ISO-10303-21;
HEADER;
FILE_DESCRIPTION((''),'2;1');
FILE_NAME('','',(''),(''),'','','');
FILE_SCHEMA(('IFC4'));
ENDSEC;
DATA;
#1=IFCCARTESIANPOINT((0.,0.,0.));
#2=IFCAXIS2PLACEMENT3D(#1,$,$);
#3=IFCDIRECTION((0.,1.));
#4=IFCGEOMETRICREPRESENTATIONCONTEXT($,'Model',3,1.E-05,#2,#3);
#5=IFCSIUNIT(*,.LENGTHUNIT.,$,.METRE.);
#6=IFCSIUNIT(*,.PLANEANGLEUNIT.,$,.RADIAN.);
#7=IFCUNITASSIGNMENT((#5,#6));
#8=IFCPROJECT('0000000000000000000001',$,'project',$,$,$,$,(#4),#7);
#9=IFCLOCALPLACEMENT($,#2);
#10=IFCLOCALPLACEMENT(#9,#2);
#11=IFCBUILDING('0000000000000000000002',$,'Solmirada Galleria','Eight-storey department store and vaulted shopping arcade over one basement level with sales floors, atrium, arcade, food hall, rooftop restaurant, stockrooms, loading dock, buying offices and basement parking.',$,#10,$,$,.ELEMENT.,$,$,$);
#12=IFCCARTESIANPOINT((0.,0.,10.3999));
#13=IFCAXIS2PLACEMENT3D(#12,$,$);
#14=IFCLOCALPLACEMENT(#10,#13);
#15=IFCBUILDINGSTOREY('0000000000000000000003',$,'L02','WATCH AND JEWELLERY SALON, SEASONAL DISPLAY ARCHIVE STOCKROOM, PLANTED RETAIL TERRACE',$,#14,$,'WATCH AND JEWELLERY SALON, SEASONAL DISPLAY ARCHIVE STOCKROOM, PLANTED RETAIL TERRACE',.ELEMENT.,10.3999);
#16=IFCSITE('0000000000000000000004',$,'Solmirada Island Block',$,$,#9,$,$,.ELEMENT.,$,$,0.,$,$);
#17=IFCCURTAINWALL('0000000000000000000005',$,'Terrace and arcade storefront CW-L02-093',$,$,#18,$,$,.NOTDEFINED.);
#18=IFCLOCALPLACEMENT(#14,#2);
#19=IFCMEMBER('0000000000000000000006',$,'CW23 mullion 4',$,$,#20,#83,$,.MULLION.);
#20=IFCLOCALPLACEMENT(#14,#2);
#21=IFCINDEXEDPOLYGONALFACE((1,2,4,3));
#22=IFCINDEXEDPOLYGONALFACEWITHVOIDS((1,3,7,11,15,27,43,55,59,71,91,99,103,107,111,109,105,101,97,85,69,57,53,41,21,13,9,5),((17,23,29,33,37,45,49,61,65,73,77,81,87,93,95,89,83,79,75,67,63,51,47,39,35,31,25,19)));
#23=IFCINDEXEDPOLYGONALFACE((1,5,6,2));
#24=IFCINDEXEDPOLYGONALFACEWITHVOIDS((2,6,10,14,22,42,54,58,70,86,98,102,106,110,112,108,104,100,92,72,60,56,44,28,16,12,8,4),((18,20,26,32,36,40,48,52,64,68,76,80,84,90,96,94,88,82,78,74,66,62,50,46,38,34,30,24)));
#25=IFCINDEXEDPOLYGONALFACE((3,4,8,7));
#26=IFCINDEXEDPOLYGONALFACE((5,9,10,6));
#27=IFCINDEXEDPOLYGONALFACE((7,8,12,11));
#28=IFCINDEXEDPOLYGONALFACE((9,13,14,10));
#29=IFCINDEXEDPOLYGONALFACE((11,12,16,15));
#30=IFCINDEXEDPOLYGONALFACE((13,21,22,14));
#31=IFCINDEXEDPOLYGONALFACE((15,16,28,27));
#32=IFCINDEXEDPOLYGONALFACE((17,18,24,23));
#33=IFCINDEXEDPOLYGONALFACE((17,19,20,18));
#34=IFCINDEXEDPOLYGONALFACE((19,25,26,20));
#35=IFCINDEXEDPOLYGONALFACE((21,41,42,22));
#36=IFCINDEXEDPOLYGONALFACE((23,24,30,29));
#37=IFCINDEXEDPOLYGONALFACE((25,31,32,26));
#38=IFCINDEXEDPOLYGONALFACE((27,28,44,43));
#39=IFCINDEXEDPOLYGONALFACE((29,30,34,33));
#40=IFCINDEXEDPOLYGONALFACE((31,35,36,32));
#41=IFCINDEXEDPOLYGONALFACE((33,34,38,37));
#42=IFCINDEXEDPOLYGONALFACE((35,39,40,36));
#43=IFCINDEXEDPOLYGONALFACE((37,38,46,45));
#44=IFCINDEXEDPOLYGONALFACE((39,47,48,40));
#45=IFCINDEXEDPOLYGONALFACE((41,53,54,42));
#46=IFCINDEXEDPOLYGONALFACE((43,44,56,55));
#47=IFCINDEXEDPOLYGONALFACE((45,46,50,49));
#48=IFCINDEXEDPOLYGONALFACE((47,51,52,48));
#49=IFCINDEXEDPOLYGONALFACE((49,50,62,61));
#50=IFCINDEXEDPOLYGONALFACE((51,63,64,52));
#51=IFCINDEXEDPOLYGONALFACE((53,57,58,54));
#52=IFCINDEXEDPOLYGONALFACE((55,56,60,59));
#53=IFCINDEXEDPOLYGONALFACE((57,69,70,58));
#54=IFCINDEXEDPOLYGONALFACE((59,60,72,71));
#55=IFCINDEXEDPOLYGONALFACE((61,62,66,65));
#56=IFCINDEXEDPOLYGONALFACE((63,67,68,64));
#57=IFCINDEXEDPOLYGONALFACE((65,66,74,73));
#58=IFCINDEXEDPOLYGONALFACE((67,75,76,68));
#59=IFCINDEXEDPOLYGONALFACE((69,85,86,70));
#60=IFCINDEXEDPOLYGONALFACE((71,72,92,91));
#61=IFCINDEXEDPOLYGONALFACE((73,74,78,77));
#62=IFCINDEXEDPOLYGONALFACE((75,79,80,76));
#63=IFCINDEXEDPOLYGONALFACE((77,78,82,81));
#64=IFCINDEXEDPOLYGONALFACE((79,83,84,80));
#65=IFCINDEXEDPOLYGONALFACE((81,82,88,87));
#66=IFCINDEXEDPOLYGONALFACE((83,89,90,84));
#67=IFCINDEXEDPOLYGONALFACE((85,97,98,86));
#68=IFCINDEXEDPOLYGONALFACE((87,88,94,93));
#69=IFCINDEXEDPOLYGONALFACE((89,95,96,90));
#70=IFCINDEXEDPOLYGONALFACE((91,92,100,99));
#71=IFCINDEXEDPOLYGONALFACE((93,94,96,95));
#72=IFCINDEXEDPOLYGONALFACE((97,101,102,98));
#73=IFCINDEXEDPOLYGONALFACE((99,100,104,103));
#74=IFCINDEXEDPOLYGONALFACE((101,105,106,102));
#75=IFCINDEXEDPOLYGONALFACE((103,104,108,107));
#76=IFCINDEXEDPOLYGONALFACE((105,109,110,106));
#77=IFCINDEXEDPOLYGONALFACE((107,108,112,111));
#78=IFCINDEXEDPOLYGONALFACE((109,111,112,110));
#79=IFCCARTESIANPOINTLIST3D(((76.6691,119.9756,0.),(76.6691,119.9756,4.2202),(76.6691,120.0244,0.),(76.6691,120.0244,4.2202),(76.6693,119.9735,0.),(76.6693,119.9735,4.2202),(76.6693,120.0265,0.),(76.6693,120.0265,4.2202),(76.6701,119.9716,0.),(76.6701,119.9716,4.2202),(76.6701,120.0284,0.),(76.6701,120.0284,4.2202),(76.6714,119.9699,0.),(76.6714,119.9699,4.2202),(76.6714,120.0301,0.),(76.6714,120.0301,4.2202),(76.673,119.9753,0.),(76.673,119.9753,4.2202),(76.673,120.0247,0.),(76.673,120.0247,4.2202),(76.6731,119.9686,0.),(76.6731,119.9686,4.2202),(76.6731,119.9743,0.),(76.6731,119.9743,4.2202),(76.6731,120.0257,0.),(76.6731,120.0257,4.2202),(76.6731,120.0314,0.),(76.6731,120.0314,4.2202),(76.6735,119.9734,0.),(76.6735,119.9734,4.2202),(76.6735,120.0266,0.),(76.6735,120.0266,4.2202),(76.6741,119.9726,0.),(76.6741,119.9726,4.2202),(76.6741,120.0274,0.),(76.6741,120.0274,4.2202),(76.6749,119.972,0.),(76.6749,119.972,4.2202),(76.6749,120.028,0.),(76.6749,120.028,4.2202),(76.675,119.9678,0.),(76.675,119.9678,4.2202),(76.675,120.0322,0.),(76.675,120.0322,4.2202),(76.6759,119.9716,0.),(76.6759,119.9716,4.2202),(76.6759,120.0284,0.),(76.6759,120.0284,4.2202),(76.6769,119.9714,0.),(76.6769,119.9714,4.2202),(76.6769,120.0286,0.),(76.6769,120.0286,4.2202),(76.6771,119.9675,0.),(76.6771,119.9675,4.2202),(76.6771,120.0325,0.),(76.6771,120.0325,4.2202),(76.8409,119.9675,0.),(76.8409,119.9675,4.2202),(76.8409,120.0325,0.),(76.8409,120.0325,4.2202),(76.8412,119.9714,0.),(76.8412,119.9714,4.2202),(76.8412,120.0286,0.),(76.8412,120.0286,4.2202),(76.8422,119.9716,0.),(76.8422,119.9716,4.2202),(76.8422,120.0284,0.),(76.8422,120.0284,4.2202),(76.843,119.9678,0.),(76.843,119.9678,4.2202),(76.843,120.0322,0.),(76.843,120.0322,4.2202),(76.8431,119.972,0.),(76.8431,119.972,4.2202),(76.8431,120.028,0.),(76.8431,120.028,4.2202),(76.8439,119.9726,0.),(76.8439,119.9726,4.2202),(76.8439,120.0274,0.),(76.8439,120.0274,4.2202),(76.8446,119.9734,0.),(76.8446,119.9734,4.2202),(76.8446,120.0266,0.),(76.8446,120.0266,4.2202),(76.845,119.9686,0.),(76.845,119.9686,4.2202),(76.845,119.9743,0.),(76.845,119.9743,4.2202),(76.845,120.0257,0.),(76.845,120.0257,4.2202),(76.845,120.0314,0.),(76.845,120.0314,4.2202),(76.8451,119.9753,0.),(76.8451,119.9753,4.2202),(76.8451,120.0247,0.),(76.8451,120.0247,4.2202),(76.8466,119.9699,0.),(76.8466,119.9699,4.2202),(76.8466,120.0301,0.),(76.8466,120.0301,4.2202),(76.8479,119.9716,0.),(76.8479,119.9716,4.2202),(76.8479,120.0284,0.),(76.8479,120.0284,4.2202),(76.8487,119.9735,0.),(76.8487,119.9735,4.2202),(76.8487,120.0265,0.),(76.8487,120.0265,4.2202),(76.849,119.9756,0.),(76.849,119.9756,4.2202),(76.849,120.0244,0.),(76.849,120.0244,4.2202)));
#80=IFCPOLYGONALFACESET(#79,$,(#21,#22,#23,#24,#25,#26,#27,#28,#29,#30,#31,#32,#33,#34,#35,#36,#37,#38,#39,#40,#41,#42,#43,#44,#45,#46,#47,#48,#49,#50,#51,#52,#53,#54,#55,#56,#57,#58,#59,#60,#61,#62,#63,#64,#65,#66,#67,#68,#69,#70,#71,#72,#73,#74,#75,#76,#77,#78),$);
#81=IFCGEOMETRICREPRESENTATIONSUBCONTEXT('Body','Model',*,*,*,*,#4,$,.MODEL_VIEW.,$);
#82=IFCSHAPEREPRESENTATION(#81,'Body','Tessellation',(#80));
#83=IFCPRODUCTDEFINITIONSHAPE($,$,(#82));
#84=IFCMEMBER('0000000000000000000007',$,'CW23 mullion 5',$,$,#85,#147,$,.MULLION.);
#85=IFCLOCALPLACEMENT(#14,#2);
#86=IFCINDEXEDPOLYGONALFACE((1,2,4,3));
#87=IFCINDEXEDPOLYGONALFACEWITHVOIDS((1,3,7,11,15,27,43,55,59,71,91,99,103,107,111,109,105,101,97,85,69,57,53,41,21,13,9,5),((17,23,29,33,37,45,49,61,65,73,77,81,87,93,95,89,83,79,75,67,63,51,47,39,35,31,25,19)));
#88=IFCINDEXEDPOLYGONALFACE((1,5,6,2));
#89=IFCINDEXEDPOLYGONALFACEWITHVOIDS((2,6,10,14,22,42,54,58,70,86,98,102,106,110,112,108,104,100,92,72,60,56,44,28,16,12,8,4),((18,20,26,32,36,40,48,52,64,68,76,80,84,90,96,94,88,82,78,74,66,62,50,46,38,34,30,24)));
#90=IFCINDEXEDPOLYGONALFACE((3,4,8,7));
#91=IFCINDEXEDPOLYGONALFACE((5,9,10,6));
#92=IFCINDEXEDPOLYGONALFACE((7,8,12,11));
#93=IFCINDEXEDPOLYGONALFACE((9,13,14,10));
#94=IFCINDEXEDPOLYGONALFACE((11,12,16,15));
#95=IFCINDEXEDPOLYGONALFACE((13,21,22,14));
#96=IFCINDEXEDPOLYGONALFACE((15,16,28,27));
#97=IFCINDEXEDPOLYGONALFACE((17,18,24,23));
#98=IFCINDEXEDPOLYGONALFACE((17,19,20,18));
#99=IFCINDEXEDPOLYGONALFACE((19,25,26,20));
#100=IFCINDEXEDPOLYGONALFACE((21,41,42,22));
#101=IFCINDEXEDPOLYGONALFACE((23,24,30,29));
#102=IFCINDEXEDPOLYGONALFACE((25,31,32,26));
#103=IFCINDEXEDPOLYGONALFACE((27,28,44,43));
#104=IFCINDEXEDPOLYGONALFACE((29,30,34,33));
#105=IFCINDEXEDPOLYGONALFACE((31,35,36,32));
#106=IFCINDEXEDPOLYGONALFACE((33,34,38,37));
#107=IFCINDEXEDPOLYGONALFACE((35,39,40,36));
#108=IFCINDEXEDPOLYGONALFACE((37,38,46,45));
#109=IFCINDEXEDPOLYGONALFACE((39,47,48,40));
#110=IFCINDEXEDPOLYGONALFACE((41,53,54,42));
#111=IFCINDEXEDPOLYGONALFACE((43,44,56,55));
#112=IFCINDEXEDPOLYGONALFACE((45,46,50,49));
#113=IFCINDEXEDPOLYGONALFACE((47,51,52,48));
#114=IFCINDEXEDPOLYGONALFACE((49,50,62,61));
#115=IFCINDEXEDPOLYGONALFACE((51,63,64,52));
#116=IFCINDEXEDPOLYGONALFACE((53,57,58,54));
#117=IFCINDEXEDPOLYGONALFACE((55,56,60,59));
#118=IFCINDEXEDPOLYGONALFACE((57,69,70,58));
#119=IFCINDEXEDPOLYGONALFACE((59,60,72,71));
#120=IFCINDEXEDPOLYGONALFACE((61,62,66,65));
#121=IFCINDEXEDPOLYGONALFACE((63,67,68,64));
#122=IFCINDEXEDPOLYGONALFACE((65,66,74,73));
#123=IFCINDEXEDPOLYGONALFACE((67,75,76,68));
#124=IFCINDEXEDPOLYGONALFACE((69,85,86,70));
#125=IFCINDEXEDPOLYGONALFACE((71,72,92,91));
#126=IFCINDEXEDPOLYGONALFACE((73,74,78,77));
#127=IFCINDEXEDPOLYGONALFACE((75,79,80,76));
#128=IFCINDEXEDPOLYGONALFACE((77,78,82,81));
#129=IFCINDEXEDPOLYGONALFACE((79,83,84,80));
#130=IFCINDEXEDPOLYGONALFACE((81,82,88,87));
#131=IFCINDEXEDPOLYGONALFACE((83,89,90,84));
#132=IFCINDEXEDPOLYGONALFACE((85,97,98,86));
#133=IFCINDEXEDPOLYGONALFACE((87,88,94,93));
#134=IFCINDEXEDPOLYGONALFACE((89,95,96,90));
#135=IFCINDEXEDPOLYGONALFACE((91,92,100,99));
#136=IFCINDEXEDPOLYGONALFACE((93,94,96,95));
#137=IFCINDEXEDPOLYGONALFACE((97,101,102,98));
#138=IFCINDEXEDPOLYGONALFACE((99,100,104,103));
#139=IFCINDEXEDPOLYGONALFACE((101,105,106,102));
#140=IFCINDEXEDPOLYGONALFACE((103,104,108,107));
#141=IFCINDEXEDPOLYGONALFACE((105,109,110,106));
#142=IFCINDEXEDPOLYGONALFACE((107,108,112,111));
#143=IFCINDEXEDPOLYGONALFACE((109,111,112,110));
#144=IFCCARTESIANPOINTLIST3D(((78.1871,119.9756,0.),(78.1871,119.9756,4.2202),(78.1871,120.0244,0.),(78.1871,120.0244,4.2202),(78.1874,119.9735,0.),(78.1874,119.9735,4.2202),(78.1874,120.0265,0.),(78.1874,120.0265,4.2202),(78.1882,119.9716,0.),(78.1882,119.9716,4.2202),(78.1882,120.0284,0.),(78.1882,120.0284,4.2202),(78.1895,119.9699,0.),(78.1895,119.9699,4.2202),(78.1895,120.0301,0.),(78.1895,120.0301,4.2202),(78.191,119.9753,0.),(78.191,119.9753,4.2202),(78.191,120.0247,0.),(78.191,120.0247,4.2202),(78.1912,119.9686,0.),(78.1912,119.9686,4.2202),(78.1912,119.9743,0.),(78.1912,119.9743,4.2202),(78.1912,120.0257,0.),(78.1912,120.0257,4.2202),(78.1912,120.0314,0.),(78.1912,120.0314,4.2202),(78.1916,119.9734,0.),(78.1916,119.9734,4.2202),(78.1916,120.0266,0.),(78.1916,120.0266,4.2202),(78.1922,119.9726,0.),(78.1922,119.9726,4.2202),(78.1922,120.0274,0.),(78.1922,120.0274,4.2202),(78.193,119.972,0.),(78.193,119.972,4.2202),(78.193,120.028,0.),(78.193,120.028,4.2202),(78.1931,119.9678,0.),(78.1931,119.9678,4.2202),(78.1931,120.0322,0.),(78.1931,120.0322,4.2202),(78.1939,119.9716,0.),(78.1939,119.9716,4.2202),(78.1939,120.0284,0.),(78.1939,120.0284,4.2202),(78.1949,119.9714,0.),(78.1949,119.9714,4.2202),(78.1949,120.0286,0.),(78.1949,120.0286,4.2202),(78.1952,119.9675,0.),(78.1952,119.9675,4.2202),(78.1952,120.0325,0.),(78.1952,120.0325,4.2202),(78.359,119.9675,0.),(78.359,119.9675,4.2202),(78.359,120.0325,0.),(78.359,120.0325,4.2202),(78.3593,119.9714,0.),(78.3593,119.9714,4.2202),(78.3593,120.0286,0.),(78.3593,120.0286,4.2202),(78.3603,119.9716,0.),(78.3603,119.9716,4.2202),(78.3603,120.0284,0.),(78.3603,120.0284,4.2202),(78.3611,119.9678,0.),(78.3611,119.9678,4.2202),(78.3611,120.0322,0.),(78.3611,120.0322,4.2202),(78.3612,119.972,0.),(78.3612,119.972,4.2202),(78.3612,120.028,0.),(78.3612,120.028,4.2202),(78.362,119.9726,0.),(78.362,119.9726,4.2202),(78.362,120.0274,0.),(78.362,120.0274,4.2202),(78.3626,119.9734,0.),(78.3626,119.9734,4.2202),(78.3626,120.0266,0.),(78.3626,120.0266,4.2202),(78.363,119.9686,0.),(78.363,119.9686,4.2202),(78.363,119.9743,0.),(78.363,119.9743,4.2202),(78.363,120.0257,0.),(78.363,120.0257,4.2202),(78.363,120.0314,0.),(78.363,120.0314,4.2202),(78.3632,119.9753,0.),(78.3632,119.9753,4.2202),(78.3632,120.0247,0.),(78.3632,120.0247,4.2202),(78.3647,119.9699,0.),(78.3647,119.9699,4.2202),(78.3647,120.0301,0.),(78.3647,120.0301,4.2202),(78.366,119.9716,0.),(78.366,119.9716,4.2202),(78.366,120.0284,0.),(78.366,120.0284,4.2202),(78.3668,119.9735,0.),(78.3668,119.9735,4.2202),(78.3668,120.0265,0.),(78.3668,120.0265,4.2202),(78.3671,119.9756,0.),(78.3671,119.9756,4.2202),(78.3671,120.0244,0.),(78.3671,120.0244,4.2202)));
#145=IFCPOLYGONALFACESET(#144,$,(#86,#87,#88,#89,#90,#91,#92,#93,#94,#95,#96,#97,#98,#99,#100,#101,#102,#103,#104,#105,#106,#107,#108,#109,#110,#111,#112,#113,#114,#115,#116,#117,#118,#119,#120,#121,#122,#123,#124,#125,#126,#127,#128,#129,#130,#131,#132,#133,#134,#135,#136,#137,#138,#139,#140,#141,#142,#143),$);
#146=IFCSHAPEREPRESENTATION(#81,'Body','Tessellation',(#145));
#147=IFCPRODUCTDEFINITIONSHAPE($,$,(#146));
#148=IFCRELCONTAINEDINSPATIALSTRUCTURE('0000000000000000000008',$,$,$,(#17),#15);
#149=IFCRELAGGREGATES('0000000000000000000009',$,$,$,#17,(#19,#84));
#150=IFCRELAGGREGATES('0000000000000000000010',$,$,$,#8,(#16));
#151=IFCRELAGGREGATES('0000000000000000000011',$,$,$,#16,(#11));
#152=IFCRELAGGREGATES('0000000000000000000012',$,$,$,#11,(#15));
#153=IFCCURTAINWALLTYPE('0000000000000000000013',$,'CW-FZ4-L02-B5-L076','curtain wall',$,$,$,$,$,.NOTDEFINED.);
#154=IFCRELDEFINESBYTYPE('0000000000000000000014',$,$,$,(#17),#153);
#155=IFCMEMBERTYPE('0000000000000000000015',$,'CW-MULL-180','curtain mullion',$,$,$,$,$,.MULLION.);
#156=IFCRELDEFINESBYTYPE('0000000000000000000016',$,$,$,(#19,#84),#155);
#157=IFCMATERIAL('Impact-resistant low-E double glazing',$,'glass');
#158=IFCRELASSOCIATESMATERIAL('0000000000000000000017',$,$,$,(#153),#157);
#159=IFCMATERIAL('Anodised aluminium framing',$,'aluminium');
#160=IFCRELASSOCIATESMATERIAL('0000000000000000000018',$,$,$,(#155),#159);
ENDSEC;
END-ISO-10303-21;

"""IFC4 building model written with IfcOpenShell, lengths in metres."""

from ifc_helpers import new_model, si_unit, direction, frame, origin, origin_2d, place, context, subcontext, project, spatial, hollow_rectangle, extrude, material, material_profile, profile_set, type_object, element, aggregate, save


model = new_model("IFC4")

# Units and contexts
model_context = context("Model", 3, precision=1e-05, world=origin(), true_north=direction((0.0, 1.0)))
body_context = subcontext(model_context, "Body", "Model", "MODEL_VIEW")
ifc_project = project(units=[si_unit("LENGTHUNIT", "METRE"), si_unit("PLANEANGLEUNIT", "RADIAN")], contexts=[model_context])

# Site, building, storey
site_placement = place(None, origin())
site = spatial("IfcSite", under=ifc_project, at=site_placement, Name="Solmirada Island Block", CompositionType="ELEMENT", RefElevation=0.0)
building_placement = place(site_placement, origin())
building = spatial("IfcBuilding", under=site, at=building_placement, Name="Solmirada Galleria", Description="Eight-storey department store and vaulted shopping arcade over one basement level with sales floors, atrium, arcade, food hall, rooftop restaurant, stockrooms, loading dock, buying offices and basement parking.", CompositionType="ELEMENT")
storey_placement = place(building_placement, frame((0.0, 0.0, 10.3999)))
storey = spatial("IfcBuildingStorey", under=building, at=storey_placement, Name="L02", Description="WATCH AND JEWELLERY SALON, SEASONAL DISPLAY ARCHIVE STOCKROOM, PLANTED RETAIL TERRACE", LongName="WATCH AND JEWELLERY SALON, SEASONAL DISPLAY ARCHIVE STOCKROOM, PLANTED RETAIL TERRACE", CompositionType="ELEMENT", Elevation=10.3999)

# Curtain wall, members
ifc_material_1 = material(Name="Impact-resistant low-E double glazing", Category="glass")
curtain_wall_type = type_object("IfcCurtainWallType", Name="CW-FZ4-L02-B5-L076", Description="curtain wall", PredefinedType="NOTDEFINED", material=ifc_material_1)
curtain_wall_1_placement = place(storey_placement, origin())
curtain_wall_1 = element("IfcCurtainWall", 1, at=curtain_wall_1_placement, inside=storey, type_object=curtain_wall_type, Name="Terrace and arcade storefront CW-L02-093", PredefinedType="NOTDEFINED")
ifc_material_2 = material(Name="Anodised aluminium framing", Category="aluminium")
ifc_material_profile_1 = material_profile(ifc_material_2, hollow_rectangle(XDim=0.0649, YDim=0.1799, WallThickness=0.0039, InnerFilletRadius=0.0039, OuterFilletRadius=0.0081, at=origin_2d()), Name="ALU-MULL-180X65")
ifc_profile_set_1 = profile_set([ifc_material_profile_1], Name="Anodised aluminium framing")
member_type_1 = type_object("IfcMemberType", Name="CW-MULL-180", Description="curtain mullion", PredefinedType="MULLION", material=ifc_profile_set_1)
member_1_placement = place(storey_placement, frame((76.759, 120.0, 0.0), z_axis=(0.0, 0.0, 1.0), x_axis=(0.0, 1.0, 0.0)))
member_1 = element("IfcMember", 2, at=member_1_placement, type_object=member_type_1, Name="CW23 mullion 4", PredefinedType="MULLION", context=body_context, shape_type="SweptSolid", body=[
    extrude(hollow_rectangle(XDim=0.0649, YDim=0.1799, WallThickness=0.0039, InnerFilletRadius=0.0039, OuterFilletRadius=0.0081, at=origin_2d()), origin(), (0.0, 0.0, 1.0), 4.2202),
])
member_2_placement = place(storey_placement, frame((78.2771, 120.0, 0.0), z_axis=(0.0, 0.0, 1.0), x_axis=(0.0, 1.0, 0.0)))
member_2 = element("IfcMember", 3, at=member_2_placement, type_object=member_type_1, Name="CW23 mullion 5", PredefinedType="MULLION", context=body_context, shape_type="SweptSolid", body=[
    extrude(hollow_rectangle(XDim=0.0649, YDim=0.1799, WallThickness=0.0039, InnerFilletRadius=0.0039, OuterFilletRadius=0.0081, at=origin_2d()), origin(), (0.0, 0.0, 1.0), 4.2202),
])

aggregate(curtain_wall_1, [member_1, member_2])

save(model, "model.ifc")
